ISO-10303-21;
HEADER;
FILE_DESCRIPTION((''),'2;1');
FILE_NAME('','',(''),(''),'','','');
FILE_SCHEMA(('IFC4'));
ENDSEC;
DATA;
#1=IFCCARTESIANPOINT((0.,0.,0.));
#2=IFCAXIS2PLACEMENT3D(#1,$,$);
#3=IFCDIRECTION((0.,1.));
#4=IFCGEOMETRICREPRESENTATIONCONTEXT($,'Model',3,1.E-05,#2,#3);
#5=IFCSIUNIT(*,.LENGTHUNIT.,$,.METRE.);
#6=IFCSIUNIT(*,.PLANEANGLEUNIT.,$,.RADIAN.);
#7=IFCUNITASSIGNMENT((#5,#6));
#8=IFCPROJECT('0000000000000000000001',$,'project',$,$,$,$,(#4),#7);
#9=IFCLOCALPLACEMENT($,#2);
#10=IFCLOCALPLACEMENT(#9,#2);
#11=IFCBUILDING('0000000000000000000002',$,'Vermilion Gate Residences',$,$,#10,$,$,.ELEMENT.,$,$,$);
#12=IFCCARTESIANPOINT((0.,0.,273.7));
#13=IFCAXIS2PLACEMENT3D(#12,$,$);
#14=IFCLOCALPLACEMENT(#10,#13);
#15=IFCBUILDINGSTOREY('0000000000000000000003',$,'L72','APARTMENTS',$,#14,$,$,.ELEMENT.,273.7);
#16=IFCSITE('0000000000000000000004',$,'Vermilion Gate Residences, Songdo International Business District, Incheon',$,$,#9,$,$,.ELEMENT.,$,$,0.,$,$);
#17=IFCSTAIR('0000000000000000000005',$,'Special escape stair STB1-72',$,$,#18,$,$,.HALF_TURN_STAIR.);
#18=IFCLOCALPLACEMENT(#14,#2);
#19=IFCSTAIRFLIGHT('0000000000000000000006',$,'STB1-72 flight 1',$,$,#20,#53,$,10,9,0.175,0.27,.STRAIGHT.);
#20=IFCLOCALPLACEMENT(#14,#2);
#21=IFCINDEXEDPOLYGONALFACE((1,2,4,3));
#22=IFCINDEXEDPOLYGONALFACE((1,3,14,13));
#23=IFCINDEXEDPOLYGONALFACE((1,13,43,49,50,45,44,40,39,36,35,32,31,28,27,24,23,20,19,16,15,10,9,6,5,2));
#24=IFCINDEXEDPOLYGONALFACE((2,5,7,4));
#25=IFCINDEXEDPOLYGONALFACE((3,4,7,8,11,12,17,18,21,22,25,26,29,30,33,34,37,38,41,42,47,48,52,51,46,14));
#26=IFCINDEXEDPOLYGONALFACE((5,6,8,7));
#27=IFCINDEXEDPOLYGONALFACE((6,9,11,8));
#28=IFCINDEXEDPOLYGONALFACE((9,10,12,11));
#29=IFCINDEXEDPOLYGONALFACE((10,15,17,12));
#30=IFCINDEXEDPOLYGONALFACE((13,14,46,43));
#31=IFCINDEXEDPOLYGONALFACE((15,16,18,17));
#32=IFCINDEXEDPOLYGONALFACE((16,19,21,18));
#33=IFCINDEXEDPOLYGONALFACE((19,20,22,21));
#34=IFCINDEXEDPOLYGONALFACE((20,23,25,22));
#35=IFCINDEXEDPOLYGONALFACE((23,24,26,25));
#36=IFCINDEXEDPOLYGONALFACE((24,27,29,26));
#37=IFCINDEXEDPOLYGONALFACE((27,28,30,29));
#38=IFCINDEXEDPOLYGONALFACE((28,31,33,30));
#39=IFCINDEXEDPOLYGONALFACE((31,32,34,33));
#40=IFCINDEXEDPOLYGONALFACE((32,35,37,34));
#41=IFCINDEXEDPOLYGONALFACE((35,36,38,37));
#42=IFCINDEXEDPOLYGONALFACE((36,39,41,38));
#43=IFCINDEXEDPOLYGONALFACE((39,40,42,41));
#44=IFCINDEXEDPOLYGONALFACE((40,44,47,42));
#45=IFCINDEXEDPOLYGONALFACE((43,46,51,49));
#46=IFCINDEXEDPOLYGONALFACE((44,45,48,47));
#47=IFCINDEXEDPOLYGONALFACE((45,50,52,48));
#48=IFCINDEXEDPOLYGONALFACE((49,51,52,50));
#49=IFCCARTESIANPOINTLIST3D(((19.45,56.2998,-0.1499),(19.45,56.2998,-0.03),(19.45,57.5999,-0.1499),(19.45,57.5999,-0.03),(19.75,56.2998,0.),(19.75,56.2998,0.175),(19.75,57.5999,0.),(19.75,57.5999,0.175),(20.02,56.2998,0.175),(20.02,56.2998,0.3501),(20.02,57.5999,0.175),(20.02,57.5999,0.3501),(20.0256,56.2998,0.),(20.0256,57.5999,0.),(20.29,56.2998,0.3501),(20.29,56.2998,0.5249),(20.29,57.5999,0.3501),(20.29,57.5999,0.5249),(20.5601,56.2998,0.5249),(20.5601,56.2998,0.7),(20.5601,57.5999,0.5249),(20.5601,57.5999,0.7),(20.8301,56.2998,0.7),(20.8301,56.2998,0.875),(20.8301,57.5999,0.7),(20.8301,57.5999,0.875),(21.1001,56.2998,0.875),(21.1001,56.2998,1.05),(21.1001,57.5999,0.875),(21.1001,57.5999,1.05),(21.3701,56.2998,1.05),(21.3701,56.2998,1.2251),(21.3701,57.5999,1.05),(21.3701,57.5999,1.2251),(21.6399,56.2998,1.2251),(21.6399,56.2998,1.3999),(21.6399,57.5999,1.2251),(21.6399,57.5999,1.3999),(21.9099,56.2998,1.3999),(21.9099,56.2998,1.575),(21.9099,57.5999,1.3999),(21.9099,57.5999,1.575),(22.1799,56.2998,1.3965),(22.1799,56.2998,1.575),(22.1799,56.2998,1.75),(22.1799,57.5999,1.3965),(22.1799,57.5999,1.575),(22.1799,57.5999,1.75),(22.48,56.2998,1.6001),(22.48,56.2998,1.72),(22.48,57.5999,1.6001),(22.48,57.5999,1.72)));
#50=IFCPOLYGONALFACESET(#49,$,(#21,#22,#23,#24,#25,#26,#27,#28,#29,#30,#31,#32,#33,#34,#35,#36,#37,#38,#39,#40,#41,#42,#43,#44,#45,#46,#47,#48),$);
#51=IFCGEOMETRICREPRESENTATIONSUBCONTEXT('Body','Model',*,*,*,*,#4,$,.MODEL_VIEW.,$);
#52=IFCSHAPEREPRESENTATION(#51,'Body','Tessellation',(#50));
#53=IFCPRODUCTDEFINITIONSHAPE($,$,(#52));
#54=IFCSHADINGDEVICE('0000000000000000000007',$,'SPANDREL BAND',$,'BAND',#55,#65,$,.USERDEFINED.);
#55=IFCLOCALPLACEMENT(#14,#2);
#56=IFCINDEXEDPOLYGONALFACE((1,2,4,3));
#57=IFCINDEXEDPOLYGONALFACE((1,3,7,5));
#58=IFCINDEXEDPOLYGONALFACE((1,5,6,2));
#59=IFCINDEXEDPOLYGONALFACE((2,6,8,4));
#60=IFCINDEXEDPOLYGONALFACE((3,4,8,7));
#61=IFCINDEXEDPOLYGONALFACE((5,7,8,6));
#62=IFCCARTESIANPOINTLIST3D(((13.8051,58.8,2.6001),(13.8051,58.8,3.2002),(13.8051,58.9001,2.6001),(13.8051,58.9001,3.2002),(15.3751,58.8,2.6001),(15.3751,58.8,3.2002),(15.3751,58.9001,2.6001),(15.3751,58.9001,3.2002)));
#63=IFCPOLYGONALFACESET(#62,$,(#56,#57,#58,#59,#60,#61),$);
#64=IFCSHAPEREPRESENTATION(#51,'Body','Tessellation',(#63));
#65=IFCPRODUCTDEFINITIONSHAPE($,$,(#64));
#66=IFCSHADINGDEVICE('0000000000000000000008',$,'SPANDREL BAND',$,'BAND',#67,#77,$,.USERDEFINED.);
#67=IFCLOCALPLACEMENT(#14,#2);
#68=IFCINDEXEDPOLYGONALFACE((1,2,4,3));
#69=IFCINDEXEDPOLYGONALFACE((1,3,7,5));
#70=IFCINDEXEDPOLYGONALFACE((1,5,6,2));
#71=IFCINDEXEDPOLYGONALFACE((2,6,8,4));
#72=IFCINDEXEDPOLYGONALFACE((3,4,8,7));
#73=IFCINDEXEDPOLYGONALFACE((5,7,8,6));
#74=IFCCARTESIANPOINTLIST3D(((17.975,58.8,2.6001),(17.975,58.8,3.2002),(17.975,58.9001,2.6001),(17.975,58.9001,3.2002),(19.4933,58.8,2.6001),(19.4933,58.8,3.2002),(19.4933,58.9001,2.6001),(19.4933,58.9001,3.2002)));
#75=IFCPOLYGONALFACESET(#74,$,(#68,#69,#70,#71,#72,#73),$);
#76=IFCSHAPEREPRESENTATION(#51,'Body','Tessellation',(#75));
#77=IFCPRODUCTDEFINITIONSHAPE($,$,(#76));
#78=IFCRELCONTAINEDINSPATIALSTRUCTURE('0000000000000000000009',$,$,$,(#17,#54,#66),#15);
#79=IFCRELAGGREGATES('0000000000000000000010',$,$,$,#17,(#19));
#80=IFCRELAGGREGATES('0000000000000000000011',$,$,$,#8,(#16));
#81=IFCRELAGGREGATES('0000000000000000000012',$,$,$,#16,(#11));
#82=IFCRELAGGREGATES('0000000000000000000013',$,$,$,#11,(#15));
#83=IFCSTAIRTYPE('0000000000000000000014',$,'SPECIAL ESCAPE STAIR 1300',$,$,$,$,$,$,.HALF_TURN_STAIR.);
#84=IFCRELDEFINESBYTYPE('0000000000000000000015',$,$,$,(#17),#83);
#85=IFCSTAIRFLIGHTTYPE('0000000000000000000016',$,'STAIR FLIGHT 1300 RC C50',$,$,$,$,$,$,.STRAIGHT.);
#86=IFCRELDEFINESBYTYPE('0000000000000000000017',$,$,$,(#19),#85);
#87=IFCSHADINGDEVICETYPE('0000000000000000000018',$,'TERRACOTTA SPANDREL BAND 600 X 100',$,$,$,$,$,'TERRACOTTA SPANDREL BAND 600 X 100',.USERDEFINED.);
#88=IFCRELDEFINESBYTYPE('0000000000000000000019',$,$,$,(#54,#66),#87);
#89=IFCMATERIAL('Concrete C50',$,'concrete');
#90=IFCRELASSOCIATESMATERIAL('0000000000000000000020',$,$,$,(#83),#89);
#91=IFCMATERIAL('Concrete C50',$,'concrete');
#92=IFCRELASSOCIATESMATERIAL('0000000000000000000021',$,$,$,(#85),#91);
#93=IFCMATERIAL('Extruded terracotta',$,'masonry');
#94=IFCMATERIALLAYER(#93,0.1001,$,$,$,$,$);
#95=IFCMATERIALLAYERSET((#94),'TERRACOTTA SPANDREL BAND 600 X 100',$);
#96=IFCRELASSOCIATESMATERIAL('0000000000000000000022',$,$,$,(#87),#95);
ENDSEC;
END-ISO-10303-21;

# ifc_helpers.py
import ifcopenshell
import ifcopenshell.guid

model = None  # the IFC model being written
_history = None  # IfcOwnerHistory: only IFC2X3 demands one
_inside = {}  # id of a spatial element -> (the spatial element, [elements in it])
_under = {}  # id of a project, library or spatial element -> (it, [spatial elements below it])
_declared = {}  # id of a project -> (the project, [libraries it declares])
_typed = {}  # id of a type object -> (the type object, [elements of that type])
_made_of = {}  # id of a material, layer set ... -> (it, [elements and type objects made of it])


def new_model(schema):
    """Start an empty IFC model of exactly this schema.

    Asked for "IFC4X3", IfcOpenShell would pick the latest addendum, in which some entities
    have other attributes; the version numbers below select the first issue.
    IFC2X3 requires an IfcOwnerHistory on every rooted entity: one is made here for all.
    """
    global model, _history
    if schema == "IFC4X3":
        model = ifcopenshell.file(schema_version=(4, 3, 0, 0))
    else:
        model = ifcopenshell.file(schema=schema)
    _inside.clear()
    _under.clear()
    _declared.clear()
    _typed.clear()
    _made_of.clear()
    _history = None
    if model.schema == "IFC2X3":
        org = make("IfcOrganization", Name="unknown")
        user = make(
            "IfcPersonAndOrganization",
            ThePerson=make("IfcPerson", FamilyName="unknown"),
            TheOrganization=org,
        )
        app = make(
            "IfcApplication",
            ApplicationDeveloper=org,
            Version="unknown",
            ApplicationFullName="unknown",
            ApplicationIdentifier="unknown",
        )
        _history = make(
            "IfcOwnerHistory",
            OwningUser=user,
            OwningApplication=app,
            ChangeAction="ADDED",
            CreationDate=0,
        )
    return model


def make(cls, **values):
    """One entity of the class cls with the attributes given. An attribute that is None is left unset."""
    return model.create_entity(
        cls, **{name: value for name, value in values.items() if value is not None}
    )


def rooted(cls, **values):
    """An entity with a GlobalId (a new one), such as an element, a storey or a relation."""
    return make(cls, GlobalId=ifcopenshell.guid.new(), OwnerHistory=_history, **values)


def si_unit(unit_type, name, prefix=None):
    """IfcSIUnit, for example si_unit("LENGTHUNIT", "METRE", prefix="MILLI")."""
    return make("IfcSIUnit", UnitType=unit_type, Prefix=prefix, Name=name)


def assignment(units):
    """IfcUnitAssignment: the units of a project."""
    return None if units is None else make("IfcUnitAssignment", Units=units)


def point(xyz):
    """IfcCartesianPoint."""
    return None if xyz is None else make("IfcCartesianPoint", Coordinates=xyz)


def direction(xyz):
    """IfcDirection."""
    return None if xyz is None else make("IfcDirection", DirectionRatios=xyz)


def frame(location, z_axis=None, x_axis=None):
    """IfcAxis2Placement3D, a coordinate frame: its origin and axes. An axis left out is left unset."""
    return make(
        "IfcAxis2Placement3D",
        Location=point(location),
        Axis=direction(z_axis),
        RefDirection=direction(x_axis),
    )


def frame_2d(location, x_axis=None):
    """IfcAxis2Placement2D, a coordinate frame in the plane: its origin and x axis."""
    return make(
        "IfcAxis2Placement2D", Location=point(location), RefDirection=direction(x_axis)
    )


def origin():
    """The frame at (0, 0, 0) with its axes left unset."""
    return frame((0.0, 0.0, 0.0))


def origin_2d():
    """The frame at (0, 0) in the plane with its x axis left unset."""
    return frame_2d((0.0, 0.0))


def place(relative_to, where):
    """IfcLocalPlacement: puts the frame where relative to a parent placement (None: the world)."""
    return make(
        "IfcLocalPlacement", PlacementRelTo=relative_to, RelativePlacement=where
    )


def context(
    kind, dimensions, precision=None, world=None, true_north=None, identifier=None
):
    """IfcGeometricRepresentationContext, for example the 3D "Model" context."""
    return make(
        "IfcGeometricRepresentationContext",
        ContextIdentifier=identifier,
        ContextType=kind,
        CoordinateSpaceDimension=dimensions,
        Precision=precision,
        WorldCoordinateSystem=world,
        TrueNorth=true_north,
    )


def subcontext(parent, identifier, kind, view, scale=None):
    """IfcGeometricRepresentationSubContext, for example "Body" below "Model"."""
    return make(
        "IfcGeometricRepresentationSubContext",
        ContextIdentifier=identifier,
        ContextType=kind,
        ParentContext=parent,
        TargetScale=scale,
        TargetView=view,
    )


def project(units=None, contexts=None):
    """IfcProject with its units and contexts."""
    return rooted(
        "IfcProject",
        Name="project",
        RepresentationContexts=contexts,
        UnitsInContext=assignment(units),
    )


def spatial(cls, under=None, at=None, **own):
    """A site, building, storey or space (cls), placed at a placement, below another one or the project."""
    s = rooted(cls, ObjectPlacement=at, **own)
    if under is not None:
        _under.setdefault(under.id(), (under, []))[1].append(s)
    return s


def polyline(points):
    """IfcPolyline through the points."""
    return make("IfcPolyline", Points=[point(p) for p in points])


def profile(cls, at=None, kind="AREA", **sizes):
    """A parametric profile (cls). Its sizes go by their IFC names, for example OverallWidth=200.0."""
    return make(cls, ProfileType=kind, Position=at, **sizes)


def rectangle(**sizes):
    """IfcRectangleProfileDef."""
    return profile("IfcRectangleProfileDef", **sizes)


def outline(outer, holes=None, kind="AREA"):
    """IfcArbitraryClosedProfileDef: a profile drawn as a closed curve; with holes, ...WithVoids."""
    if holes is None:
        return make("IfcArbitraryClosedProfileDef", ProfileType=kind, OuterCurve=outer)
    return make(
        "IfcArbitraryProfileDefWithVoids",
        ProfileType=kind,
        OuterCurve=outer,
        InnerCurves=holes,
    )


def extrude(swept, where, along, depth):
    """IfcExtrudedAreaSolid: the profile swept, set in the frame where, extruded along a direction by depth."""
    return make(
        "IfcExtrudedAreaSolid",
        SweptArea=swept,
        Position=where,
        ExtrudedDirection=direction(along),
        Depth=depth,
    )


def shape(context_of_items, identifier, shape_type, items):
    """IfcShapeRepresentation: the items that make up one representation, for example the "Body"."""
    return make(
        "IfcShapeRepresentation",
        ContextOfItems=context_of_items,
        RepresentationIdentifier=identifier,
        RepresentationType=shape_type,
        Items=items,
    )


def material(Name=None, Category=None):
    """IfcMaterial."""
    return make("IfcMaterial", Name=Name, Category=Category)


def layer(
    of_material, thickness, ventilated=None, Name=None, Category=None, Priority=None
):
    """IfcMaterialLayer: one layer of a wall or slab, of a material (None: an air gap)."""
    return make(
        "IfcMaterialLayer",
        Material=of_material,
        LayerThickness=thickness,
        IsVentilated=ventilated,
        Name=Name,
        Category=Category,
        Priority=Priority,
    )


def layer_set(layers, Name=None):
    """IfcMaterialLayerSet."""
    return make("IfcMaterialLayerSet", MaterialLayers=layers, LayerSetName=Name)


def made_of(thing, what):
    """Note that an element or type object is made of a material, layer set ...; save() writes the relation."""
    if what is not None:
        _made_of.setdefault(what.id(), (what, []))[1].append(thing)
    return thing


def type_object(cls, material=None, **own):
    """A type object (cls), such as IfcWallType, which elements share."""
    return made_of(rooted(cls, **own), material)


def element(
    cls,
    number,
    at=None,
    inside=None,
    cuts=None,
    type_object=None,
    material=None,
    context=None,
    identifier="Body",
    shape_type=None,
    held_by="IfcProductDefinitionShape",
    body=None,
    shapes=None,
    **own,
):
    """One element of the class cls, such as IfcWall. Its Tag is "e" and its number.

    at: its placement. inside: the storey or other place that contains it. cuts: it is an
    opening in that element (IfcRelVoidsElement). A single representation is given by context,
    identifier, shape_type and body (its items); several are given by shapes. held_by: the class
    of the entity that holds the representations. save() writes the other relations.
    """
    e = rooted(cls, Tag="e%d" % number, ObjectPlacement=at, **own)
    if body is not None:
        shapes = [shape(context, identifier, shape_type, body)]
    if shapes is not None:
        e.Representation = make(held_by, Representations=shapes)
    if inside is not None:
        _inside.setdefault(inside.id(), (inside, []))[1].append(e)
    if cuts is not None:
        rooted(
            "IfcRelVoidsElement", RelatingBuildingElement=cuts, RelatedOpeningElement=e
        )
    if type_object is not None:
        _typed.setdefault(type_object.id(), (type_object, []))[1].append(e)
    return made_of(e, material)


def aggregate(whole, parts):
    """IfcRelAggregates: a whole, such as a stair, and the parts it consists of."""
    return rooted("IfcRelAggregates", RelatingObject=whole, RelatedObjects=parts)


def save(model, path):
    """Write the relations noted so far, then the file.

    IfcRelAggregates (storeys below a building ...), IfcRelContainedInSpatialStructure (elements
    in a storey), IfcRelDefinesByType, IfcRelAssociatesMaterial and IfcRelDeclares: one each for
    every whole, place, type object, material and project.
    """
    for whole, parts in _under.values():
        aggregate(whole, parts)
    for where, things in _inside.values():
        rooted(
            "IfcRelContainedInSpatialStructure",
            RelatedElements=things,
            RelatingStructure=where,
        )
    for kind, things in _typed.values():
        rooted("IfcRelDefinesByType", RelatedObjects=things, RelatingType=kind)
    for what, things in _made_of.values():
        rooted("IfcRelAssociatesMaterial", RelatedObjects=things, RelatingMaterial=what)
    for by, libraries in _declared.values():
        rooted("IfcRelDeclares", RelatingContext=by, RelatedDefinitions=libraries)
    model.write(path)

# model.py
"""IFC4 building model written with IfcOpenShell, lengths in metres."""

from ifc_helpers import new_model, si_unit, direction, frame, origin, origin_2d, place, context, subcontext, project, spatial, polyline, rectangle, outline, extrude, material, layer, layer_set, type_object, element, aggregate, save


model = new_model("IFC4")

# Units and contexts
model_context = context("Model", 3, precision=1e-05, world=origin(), true_north=direction((0.0, 1.0)))
body_context = subcontext(model_context, "Body", "Model", "MODEL_VIEW")
ifc_project = project(units=[si_unit("LENGTHUNIT", "METRE"), si_unit("PLANEANGLEUNIT", "RADIAN")], contexts=[model_context])

# Site, building, storey
site_placement = place(None, origin())
site = spatial("IfcSite", under=ifc_project, at=site_placement, Name="Vermilion Gate Residences, Songdo International Business District, Incheon", CompositionType="ELEMENT", RefElevation=0.0)
building_placement = place(site_placement, origin())
building = spatial("IfcBuilding", under=site, at=building_placement, Name="Vermilion Gate Residences", CompositionType="ELEMENT")
storey_placement = place(building_placement, frame((0.0, 0.0, 273.7)))
storey = spatial("IfcBuildingStorey", under=building, at=storey_placement, Name="L72", Description="APARTMENTS", CompositionType="ELEMENT", Elevation=273.7)

# Stair, stair flight
ifc_material_1 = material(Name="Concrete C50", Category="concrete")
stair_type = type_object("IfcStairType", Name="SPECIAL ESCAPE STAIR 1300", PredefinedType="HALF_TURN_STAIR", material=ifc_material_1)
stair_placement = place(storey_placement, origin())
stair = element("IfcStair", 1, at=stair_placement, inside=storey, type_object=stair_type, Name="Special escape stair STB1-72", PredefinedType="HALF_TURN_STAIR")
ifc_material_2 = material(Name="Concrete C50", Category="concrete")
stair_flight_type = type_object("IfcStairFlightType", Name="STAIR FLIGHT 1300 RC C50", PredefinedType="STRAIGHT", material=ifc_material_2)
stair_flight_placement = place(storey_placement, frame((19.75, 56.95, 0.0), z_axis=(0.0, 0.0, 1.0), x_axis=(1.0, 0.0, 0.0)))
stair_flight = element("IfcStairFlight", 2, at=stair_flight_placement, type_object=stair_flight_type, Name="STB1-72 flight 1", NumberOfRisers=10, NumberOfTreads=9, PredefinedType="STRAIGHT", RiserHeight=0.175, TreadLength=0.27, context=body_context, shape_type="SweptSolid", body=[
    extrude(outline(polyline([(-0.3, -0.1499), (-0.3, -0.03), (0.0, 0.0), (0.0, 0.175), (0.27, 0.175), (0.27, 0.3501), (0.54, 0.3501), (0.54, 0.5249), (0.8101, 0.5249), (0.8101, 0.7), (1.0801, 0.7), (1.0801, 0.875), (1.3501, 0.875), (1.3501, 1.05), (1.6201, 1.05), (1.6201, 1.2251), (1.8899, 1.2251), (1.8899, 1.3999), (2.1599, 1.3999), (2.1599, 1.575), (2.4299, 1.575), (2.4299, 1.75), (2.73, 1.72), (2.73, 1.6001), (2.4299, 1.3965), (0.2756, 0.0), (-0.3, -0.1499)])), frame((0.0, 0.6499, 0.0), z_axis=(0.0, -1.0, 0.0), x_axis=(1.0, 0.0, 0.0)), (0.0, 0.0, 1.0), 1.3),
])
aggregate(stair, [stair_flight])

# Shading devices
ifc_material_3 = material(Name="Extruded terracotta", Category="masonry")
ifc_layer_1 = layer(ifc_material_3, 0.1001)
ifc_layer_set_1 = layer_set([ifc_layer_1], Name="TERRACOTTA SPANDREL BAND 600 X 100")
shading_device_type = type_object("IfcShadingDeviceType", Name="TERRACOTTA SPANDREL BAND 600 X 100", ElementType="TERRACOTTA SPANDREL BAND 600 X 100", PredefinedType="USERDEFINED", material=ifc_layer_set_1)
shading_device_1_placement = place(storey_placement, frame((14.5901, 58.8501, 2.6001), z_axis=(0.0, 0.0, 1.0), x_axis=(1.0, 0.0, 0.0)))
element("IfcShadingDevice", 3, at=shading_device_1_placement, inside=storey, type_object=shading_device_type, Name="SPANDREL BAND", ObjectType="BAND", PredefinedType="USERDEFINED", context=body_context, shape_type="SweptSolid", body=[
    extrude(rectangle(XDim=1.5701, YDim=0.1001, at=origin_2d()), origin(), (0.0, 0.0, 1.0), 0.6001),
])
shading_device_2_placement = place(storey_placement, frame((18.7341, 58.8501, 2.6001), z_axis=(0.0, 0.0, 1.0), x_axis=(1.0, 0.0, 0.0)))
element("IfcShadingDevice", 4, at=shading_device_2_placement, inside=storey, type_object=shading_device_type, Name="SPANDREL BAND", ObjectType="BAND", PredefinedType="USERDEFINED", context=body_context, shape_type="SweptSolid", body=[
    extrude(rectangle(XDim=1.5183, YDim=0.1001, at=origin_2d()), origin(), (0.0, 0.0, 1.0), 0.6001),
])

save(model, "model.ifc")
